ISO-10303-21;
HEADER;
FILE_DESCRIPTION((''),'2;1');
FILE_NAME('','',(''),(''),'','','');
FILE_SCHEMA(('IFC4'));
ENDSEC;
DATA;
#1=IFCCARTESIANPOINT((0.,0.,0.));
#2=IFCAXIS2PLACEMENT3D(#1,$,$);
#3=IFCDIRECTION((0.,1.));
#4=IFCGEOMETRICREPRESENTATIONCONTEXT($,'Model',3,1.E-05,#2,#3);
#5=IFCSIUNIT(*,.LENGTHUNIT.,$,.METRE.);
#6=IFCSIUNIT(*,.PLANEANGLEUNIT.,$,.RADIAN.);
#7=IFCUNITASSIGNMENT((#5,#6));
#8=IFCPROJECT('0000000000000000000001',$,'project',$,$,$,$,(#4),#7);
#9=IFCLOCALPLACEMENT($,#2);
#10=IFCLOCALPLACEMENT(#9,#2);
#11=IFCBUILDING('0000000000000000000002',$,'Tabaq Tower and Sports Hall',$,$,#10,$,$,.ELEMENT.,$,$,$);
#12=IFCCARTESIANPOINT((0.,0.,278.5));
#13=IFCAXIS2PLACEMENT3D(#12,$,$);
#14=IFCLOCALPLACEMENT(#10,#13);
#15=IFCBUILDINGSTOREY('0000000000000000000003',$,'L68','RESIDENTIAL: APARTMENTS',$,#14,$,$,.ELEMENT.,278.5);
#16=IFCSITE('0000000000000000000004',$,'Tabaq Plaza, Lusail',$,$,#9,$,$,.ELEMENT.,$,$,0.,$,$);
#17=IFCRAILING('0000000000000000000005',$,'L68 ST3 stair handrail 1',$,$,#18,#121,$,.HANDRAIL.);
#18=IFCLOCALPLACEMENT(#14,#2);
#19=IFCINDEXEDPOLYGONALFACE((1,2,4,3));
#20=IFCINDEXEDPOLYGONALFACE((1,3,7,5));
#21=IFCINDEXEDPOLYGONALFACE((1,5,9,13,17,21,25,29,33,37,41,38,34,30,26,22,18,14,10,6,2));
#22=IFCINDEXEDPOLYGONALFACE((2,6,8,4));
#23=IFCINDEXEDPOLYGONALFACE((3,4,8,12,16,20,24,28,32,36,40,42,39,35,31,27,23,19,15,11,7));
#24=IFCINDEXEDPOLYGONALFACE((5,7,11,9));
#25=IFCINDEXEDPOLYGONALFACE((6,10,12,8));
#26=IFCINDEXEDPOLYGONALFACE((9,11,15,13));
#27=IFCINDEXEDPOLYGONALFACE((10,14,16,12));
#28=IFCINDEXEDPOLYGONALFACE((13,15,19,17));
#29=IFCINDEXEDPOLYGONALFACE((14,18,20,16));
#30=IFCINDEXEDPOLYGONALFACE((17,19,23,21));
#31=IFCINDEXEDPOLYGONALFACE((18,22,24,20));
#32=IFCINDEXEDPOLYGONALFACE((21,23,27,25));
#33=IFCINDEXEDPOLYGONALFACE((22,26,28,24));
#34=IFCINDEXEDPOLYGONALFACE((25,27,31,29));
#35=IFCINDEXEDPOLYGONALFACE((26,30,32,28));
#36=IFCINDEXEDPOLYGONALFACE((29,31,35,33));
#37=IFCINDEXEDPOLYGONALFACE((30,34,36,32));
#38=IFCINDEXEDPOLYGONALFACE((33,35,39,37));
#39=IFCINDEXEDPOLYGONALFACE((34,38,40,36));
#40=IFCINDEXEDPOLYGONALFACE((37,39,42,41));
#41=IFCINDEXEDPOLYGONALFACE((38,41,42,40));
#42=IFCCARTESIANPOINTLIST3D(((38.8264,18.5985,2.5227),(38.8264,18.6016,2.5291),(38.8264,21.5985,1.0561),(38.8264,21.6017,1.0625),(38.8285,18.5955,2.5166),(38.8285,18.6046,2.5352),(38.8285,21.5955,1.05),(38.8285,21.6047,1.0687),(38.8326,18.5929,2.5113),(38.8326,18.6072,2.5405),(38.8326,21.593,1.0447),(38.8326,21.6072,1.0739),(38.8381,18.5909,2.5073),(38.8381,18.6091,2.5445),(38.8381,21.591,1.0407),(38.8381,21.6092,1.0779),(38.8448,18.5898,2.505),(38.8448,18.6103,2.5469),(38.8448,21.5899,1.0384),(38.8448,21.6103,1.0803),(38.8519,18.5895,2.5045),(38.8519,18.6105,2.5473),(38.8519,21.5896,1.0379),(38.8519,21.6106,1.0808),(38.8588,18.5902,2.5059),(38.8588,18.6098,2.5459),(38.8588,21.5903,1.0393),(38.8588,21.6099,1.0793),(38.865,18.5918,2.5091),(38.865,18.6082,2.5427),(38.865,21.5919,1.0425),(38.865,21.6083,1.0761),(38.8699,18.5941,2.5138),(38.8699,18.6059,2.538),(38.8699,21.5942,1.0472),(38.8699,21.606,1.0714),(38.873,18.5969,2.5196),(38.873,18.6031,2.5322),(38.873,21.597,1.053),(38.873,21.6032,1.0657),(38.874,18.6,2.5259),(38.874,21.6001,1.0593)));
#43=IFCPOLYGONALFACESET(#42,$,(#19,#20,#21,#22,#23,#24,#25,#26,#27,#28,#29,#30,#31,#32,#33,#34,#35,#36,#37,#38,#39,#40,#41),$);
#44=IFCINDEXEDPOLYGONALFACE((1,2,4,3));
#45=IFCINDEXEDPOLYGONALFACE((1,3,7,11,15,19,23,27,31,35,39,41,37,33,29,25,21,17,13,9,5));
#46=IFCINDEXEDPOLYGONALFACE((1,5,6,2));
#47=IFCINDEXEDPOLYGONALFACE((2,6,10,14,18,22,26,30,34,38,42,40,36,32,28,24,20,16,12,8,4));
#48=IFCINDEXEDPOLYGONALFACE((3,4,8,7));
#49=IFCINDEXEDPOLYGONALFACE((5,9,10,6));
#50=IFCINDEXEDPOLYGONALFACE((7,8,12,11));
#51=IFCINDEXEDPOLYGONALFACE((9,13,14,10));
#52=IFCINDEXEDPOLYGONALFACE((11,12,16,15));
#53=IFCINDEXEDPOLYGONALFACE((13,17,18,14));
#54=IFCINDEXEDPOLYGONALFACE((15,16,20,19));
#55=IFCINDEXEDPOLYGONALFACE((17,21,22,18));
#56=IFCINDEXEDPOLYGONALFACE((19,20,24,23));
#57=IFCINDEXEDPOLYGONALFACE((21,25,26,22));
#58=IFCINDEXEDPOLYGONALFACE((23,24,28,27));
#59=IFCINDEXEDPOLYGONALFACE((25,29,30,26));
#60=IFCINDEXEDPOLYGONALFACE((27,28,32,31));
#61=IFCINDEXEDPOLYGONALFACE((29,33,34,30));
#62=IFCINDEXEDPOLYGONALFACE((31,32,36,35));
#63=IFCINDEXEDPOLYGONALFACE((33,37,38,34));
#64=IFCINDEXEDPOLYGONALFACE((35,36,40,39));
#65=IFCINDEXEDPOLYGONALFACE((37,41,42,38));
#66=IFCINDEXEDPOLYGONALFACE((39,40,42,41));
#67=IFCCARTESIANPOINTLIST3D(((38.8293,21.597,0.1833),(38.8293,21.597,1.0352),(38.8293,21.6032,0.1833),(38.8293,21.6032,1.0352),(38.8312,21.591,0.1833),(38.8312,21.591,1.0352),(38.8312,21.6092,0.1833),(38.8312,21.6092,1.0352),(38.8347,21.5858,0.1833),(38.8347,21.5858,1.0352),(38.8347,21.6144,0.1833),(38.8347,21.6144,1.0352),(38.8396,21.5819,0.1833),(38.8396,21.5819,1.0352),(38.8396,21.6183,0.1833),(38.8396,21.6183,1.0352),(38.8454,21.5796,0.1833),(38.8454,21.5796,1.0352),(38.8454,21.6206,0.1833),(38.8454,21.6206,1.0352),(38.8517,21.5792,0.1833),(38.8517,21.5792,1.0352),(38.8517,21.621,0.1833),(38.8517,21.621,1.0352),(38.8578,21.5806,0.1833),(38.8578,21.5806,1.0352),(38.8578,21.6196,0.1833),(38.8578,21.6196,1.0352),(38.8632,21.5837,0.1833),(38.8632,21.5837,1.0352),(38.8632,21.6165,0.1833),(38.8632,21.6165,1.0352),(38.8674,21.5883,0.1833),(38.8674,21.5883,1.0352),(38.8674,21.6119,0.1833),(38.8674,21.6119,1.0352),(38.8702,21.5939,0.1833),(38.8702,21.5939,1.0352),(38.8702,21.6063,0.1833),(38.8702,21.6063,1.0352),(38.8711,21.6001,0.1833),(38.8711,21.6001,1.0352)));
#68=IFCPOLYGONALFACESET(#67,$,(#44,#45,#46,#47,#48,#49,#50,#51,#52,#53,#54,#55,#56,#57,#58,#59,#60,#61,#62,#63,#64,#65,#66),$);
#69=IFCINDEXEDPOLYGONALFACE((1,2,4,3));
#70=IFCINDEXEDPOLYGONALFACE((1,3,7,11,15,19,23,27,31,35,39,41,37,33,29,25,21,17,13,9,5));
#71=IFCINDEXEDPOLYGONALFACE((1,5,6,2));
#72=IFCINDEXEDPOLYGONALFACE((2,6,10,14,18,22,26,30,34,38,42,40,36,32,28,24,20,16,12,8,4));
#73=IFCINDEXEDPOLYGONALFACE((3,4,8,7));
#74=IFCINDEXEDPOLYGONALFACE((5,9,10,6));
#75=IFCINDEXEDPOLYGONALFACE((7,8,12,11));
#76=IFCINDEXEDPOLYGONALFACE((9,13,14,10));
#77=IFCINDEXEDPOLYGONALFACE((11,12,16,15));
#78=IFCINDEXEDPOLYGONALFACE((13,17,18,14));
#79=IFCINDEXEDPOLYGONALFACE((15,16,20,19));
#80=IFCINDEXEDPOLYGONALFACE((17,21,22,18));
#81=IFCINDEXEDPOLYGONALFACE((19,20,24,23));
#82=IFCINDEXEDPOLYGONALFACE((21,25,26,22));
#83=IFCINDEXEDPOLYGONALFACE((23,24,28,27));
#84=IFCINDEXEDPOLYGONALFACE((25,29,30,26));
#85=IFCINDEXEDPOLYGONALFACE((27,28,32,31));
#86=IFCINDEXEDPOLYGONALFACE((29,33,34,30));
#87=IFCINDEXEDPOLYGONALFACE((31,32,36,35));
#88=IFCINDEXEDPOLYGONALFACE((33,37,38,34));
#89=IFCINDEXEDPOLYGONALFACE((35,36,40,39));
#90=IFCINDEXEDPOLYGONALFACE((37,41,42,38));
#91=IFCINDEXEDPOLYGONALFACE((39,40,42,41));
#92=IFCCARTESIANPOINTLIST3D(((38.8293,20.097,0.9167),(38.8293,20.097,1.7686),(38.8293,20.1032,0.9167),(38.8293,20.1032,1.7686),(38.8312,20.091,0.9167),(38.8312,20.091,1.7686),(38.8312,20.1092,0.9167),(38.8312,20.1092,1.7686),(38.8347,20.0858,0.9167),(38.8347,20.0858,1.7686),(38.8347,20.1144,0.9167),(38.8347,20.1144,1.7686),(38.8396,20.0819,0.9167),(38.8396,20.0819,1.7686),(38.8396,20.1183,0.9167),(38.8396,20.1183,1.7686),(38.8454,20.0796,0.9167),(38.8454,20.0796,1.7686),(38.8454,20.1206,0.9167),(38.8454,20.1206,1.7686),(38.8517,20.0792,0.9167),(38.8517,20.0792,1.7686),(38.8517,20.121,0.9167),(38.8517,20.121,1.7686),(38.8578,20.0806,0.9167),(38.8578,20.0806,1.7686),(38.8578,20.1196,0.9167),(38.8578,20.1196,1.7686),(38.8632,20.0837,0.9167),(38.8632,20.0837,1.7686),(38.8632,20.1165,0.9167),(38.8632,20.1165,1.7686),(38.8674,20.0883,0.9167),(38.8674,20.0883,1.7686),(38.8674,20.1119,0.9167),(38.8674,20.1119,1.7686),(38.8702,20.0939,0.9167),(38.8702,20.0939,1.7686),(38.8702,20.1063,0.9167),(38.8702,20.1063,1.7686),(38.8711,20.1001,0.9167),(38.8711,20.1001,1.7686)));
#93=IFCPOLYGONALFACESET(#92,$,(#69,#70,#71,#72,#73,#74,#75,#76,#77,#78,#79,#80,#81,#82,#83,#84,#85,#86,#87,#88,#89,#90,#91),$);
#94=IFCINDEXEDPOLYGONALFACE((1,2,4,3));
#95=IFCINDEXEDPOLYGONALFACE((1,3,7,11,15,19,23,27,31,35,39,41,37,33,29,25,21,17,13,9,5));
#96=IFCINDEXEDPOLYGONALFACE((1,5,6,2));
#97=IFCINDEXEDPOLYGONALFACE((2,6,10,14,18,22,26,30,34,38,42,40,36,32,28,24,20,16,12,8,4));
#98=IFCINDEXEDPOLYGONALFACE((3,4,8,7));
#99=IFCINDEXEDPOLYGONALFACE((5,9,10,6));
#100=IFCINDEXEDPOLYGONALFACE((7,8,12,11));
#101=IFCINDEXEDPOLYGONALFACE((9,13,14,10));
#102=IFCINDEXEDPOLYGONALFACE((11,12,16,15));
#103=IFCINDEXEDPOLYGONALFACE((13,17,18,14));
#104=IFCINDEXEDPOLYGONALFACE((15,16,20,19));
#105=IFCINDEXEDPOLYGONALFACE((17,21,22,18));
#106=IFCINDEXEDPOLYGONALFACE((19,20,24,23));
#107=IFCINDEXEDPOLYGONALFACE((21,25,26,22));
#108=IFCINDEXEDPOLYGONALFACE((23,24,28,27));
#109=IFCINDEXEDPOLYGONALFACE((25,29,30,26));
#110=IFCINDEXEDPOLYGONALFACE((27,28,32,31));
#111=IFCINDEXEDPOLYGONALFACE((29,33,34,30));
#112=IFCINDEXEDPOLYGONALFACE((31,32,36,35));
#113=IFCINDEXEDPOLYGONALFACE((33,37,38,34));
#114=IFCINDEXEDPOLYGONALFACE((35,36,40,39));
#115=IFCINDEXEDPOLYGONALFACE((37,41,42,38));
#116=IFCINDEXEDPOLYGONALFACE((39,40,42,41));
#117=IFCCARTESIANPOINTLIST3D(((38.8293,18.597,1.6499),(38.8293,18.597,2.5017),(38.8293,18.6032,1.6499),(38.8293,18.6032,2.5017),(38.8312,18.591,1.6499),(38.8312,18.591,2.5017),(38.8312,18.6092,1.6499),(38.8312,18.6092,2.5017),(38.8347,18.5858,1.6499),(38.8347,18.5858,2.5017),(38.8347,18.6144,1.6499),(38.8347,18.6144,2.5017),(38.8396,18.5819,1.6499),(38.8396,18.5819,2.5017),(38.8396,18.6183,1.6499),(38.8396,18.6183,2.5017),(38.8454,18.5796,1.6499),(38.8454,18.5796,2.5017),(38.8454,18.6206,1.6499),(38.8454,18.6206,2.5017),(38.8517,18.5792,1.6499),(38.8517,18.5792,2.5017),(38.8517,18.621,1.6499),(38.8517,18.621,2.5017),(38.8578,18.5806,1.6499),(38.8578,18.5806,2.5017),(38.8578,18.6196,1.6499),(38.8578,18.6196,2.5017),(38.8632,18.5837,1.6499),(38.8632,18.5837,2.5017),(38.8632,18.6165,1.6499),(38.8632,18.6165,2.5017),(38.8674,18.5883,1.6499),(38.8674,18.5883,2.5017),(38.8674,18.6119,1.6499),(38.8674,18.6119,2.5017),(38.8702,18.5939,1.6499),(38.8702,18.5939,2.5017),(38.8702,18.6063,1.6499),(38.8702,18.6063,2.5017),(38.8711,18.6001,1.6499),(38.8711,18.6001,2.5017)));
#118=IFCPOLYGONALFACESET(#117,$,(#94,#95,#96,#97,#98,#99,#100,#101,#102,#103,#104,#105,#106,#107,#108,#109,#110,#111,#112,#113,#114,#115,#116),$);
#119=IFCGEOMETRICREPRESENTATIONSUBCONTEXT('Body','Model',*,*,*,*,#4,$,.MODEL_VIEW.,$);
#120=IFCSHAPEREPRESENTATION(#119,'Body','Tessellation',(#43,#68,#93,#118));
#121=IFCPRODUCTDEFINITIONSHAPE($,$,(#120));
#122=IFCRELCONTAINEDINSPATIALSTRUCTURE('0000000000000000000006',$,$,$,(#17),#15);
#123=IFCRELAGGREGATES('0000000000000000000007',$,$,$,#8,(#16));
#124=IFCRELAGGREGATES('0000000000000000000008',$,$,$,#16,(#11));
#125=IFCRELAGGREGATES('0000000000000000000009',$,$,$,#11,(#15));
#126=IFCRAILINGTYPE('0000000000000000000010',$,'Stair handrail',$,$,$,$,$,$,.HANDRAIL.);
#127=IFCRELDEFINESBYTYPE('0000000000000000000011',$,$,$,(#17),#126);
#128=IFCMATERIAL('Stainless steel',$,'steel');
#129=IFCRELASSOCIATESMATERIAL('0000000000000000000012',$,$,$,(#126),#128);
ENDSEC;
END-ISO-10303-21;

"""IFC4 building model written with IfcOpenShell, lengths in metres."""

from ifc_helpers import new_model, si_unit, direction, frame, origin, origin_2d, place, context, subcontext, project, spatial, circle, extrude, material, type_object, element, save


model = new_model("IFC4")

# Units and contexts
model_context = context("Model", 3, precision=1e-05, world=origin(), true_north=direction((0.0, 1.0)))
body_context = subcontext(model_context, "Body", "Model", "MODEL_VIEW")
ifc_project = project(units=[si_unit("LENGTHUNIT", "METRE"), si_unit("PLANEANGLEUNIT", "RADIAN")], contexts=[model_context])

# Site, building, storey
site_placement = place(None, origin())
site = spatial("IfcSite", under=ifc_project, at=site_placement, Name="Tabaq Plaza, Lusail", CompositionType="ELEMENT", RefElevation=0.0)
building_placement = place(site_placement, origin())
building = spatial("IfcBuilding", under=site, at=building_placement, Name="Tabaq Tower and Sports Hall", CompositionType="ELEMENT")
storey_placement = place(building_placement, frame((0.0, 0.0, 278.5)))
storey = spatial("IfcBuildingStorey", under=building, at=storey_placement, Name="L68", Description="RESIDENTIAL: APARTMENTS", CompositionType="ELEMENT", Elevation=278.5)

# Railing
ifc_material_1 = material(Name="Stainless steel", Category="steel")
railing_type_1 = type_object("IfcRailingType", Name="Stair handrail", PredefinedType="HANDRAIL", material=ifc_material_1)
railing_1_placement = place(storey_placement, frame((38.8501, 21.6001, 0.1833)))
element("IfcRailing", 1, at=railing_1_placement, inside=storey, type_object=railing_type_1, Name="L68 ST3 stair handrail 1", PredefinedType="HANDRAIL", context=body_context, shape_type="SweptSolid", body=[
    extrude(circle(Radius=0.0239, at=origin_2d()), frame((0.0, 0.0, 0.876), z_axis=(0.0, -0.898398, 0.439183), x_axis=(1.0, 0.0, 0.0)), (0.0, 0.0, 1.0), 3.3394),
    extrude(circle(Radius=0.021, at=origin_2d()), origin(), (0.0, 0.0, 1.0), 0.8518),
    extrude(circle(Radius=0.021, at=origin_2d()), frame((0.0, -1.5, 0.7334)), (0.0, 0.0, 1.0), 0.8518),
    extrude(circle(Radius=0.021, at=origin_2d()), frame((0.0, -3.0, 1.4666)), (0.0, 0.0, 1.0), 0.8518),
])

save(model, "model.ifc")
